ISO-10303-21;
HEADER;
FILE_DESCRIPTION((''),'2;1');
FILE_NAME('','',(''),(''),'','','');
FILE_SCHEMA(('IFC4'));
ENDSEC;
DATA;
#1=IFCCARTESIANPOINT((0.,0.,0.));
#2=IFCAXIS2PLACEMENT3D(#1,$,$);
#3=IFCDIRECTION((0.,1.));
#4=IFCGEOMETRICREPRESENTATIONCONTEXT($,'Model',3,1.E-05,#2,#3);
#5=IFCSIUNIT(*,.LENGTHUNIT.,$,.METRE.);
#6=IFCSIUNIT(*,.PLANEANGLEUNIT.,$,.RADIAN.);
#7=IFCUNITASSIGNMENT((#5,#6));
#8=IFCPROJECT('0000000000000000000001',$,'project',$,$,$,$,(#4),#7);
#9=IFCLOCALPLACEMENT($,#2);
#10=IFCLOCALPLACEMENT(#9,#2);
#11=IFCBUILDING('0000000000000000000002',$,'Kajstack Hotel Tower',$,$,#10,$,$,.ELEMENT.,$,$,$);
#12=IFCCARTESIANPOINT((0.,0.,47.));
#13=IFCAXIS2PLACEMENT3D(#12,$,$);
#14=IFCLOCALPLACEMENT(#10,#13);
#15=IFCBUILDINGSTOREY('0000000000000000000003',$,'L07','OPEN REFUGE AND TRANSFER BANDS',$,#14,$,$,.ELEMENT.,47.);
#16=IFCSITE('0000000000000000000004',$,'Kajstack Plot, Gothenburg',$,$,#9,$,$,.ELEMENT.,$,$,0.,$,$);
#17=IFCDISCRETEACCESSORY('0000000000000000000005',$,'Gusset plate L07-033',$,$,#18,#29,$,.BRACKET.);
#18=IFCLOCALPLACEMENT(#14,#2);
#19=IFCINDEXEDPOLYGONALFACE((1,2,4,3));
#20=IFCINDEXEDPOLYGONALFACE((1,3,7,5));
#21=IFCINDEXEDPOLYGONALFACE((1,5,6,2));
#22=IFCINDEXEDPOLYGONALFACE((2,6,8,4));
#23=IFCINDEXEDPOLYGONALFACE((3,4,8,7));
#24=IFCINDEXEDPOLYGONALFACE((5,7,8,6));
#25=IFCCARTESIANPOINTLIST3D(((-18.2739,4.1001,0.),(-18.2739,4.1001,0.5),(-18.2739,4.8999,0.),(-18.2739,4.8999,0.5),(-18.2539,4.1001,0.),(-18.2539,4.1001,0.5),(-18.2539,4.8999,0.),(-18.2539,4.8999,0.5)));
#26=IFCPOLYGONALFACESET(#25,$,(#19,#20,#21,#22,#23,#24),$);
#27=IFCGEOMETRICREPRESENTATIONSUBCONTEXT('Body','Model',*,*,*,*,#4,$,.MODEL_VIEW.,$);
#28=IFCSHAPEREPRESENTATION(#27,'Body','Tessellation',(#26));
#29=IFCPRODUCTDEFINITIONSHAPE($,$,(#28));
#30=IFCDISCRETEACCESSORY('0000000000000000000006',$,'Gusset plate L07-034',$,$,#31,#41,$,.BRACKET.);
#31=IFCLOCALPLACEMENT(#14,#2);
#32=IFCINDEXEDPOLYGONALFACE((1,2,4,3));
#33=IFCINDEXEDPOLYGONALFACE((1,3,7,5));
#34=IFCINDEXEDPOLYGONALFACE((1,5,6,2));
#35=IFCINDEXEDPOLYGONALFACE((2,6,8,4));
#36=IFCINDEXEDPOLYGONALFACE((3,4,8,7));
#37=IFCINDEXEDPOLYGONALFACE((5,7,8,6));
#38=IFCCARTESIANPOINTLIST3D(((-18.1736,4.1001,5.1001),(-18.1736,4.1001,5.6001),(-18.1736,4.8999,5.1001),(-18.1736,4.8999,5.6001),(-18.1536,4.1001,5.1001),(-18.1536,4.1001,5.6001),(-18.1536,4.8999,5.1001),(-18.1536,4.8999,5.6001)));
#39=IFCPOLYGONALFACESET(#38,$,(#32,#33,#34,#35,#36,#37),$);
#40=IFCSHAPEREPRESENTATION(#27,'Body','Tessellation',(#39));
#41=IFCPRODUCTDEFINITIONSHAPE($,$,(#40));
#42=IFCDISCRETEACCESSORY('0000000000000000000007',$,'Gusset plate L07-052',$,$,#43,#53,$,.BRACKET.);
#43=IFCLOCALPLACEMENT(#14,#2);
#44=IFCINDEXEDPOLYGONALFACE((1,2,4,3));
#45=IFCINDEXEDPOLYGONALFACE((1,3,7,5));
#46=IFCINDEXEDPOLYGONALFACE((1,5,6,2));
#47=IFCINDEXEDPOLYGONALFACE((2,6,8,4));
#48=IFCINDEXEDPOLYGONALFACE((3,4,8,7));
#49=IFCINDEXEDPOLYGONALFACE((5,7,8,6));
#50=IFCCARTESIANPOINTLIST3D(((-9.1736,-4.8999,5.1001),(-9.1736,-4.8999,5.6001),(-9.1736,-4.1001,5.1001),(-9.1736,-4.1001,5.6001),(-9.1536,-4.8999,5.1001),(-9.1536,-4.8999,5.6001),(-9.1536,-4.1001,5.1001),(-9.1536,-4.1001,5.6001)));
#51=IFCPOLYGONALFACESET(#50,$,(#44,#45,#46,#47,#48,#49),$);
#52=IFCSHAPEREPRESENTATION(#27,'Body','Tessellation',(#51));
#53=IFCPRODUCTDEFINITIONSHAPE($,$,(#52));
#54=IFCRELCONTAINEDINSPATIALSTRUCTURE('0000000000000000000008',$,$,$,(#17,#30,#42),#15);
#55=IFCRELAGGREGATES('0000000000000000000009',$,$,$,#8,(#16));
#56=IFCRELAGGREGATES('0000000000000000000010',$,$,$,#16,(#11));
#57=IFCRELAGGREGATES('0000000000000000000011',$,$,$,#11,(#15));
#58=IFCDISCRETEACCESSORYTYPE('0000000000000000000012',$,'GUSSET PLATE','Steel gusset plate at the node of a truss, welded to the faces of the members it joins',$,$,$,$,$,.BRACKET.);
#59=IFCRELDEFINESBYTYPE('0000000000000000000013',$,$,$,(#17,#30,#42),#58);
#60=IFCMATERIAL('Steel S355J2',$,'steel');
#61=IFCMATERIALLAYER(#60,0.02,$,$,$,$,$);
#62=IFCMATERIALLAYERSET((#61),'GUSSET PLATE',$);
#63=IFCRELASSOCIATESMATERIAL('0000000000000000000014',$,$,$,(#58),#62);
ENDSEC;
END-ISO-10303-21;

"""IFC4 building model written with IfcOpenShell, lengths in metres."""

from ifc_helpers import new_model, si_unit, direction, frame, origin, place, context, subcontext, project, spatial, polyline, outline, extrude, material, layer, layer_set, type_object, element, save


model = new_model("IFC4")

# Units and contexts
model_context = context("Model", 3, precision=1e-05, world=origin(), true_north=direction((0.0, 1.0)))
body_context = subcontext(model_context, "Body", "Model", "MODEL_VIEW")
ifc_project = project(units=[si_unit("LENGTHUNIT", "METRE"), si_unit("PLANEANGLEUNIT", "RADIAN")], contexts=[model_context])

# Site, building, storey
site_placement = place(None, origin())
site = spatial("IfcSite", under=ifc_project, at=site_placement, Name="Kajstack Plot, Gothenburg", CompositionType="ELEMENT", RefElevation=0.0)
building_placement = place(site_placement, origin())
building = spatial("IfcBuilding", under=site, at=building_placement, Name="Kajstack Hotel Tower", CompositionType="ELEMENT")
storey_placement = place(building_placement, frame((0.0, 0.0, 47.0)))
storey = spatial("IfcBuildingStorey", under=building, at=storey_placement, Name="L07", Description="OPEN REFUGE AND TRANSFER BANDS", CompositionType="ELEMENT", Elevation=47.0)

# Shared definitions
ifc_material_1 = material(Name="Steel S355J2", Category="steel")

# Discrete accessories
ifc_layer_1 = layer(ifc_material_1, 0.02)
ifc_layer_set_1 = layer_set([ifc_layer_1], Name="GUSSET PLATE")
discrete_accessory_type_1 = type_object("IfcDiscreteAccessoryType", Name="GUSSET PLATE", Description="Steel gusset plate at the node of a truss, welded to the faces of the members it joins", PredefinedType="BRACKET", material=ifc_layer_set_1)
for number, where, z_axis, x_axis, name in (
    (1, (-18.2739, 4.5, 0.0), (1.0, 0.0, 0.0), (0.0, 1.0, 0.0), "Gusset plate L07-033"),
    (2, (-18.1736, 4.5, 5.1001), (1.0, 0.0, 0.0), (0.0, 1.0, 0.0), "Gusset plate L07-034"),
    (3, (-9.1736, -4.5, 5.1001), (1.0, 0.0, 0.0), (0.0, 1.0, 0.0), "Gusset plate L07-052"),
):
    element("IfcDiscreteAccessory", number, at=place(storey_placement, frame(where, z_axis=z_axis, x_axis=x_axis)), inside=storey, type_object=discrete_accessory_type_1, Name=name, PredefinedType="BRACKET", context=body_context, shape_type="SweptSolid", body=[
        extrude(outline(polyline([(-0.3999, 0.0), (0.3999, 0.0), (0.3999, 0.5), (-0.3999, 0.5), (-0.3999, 0.0)])), origin(), (0.0, 0.0, 1.0), 0.02),
    ])

save(model, "model.ifc")
